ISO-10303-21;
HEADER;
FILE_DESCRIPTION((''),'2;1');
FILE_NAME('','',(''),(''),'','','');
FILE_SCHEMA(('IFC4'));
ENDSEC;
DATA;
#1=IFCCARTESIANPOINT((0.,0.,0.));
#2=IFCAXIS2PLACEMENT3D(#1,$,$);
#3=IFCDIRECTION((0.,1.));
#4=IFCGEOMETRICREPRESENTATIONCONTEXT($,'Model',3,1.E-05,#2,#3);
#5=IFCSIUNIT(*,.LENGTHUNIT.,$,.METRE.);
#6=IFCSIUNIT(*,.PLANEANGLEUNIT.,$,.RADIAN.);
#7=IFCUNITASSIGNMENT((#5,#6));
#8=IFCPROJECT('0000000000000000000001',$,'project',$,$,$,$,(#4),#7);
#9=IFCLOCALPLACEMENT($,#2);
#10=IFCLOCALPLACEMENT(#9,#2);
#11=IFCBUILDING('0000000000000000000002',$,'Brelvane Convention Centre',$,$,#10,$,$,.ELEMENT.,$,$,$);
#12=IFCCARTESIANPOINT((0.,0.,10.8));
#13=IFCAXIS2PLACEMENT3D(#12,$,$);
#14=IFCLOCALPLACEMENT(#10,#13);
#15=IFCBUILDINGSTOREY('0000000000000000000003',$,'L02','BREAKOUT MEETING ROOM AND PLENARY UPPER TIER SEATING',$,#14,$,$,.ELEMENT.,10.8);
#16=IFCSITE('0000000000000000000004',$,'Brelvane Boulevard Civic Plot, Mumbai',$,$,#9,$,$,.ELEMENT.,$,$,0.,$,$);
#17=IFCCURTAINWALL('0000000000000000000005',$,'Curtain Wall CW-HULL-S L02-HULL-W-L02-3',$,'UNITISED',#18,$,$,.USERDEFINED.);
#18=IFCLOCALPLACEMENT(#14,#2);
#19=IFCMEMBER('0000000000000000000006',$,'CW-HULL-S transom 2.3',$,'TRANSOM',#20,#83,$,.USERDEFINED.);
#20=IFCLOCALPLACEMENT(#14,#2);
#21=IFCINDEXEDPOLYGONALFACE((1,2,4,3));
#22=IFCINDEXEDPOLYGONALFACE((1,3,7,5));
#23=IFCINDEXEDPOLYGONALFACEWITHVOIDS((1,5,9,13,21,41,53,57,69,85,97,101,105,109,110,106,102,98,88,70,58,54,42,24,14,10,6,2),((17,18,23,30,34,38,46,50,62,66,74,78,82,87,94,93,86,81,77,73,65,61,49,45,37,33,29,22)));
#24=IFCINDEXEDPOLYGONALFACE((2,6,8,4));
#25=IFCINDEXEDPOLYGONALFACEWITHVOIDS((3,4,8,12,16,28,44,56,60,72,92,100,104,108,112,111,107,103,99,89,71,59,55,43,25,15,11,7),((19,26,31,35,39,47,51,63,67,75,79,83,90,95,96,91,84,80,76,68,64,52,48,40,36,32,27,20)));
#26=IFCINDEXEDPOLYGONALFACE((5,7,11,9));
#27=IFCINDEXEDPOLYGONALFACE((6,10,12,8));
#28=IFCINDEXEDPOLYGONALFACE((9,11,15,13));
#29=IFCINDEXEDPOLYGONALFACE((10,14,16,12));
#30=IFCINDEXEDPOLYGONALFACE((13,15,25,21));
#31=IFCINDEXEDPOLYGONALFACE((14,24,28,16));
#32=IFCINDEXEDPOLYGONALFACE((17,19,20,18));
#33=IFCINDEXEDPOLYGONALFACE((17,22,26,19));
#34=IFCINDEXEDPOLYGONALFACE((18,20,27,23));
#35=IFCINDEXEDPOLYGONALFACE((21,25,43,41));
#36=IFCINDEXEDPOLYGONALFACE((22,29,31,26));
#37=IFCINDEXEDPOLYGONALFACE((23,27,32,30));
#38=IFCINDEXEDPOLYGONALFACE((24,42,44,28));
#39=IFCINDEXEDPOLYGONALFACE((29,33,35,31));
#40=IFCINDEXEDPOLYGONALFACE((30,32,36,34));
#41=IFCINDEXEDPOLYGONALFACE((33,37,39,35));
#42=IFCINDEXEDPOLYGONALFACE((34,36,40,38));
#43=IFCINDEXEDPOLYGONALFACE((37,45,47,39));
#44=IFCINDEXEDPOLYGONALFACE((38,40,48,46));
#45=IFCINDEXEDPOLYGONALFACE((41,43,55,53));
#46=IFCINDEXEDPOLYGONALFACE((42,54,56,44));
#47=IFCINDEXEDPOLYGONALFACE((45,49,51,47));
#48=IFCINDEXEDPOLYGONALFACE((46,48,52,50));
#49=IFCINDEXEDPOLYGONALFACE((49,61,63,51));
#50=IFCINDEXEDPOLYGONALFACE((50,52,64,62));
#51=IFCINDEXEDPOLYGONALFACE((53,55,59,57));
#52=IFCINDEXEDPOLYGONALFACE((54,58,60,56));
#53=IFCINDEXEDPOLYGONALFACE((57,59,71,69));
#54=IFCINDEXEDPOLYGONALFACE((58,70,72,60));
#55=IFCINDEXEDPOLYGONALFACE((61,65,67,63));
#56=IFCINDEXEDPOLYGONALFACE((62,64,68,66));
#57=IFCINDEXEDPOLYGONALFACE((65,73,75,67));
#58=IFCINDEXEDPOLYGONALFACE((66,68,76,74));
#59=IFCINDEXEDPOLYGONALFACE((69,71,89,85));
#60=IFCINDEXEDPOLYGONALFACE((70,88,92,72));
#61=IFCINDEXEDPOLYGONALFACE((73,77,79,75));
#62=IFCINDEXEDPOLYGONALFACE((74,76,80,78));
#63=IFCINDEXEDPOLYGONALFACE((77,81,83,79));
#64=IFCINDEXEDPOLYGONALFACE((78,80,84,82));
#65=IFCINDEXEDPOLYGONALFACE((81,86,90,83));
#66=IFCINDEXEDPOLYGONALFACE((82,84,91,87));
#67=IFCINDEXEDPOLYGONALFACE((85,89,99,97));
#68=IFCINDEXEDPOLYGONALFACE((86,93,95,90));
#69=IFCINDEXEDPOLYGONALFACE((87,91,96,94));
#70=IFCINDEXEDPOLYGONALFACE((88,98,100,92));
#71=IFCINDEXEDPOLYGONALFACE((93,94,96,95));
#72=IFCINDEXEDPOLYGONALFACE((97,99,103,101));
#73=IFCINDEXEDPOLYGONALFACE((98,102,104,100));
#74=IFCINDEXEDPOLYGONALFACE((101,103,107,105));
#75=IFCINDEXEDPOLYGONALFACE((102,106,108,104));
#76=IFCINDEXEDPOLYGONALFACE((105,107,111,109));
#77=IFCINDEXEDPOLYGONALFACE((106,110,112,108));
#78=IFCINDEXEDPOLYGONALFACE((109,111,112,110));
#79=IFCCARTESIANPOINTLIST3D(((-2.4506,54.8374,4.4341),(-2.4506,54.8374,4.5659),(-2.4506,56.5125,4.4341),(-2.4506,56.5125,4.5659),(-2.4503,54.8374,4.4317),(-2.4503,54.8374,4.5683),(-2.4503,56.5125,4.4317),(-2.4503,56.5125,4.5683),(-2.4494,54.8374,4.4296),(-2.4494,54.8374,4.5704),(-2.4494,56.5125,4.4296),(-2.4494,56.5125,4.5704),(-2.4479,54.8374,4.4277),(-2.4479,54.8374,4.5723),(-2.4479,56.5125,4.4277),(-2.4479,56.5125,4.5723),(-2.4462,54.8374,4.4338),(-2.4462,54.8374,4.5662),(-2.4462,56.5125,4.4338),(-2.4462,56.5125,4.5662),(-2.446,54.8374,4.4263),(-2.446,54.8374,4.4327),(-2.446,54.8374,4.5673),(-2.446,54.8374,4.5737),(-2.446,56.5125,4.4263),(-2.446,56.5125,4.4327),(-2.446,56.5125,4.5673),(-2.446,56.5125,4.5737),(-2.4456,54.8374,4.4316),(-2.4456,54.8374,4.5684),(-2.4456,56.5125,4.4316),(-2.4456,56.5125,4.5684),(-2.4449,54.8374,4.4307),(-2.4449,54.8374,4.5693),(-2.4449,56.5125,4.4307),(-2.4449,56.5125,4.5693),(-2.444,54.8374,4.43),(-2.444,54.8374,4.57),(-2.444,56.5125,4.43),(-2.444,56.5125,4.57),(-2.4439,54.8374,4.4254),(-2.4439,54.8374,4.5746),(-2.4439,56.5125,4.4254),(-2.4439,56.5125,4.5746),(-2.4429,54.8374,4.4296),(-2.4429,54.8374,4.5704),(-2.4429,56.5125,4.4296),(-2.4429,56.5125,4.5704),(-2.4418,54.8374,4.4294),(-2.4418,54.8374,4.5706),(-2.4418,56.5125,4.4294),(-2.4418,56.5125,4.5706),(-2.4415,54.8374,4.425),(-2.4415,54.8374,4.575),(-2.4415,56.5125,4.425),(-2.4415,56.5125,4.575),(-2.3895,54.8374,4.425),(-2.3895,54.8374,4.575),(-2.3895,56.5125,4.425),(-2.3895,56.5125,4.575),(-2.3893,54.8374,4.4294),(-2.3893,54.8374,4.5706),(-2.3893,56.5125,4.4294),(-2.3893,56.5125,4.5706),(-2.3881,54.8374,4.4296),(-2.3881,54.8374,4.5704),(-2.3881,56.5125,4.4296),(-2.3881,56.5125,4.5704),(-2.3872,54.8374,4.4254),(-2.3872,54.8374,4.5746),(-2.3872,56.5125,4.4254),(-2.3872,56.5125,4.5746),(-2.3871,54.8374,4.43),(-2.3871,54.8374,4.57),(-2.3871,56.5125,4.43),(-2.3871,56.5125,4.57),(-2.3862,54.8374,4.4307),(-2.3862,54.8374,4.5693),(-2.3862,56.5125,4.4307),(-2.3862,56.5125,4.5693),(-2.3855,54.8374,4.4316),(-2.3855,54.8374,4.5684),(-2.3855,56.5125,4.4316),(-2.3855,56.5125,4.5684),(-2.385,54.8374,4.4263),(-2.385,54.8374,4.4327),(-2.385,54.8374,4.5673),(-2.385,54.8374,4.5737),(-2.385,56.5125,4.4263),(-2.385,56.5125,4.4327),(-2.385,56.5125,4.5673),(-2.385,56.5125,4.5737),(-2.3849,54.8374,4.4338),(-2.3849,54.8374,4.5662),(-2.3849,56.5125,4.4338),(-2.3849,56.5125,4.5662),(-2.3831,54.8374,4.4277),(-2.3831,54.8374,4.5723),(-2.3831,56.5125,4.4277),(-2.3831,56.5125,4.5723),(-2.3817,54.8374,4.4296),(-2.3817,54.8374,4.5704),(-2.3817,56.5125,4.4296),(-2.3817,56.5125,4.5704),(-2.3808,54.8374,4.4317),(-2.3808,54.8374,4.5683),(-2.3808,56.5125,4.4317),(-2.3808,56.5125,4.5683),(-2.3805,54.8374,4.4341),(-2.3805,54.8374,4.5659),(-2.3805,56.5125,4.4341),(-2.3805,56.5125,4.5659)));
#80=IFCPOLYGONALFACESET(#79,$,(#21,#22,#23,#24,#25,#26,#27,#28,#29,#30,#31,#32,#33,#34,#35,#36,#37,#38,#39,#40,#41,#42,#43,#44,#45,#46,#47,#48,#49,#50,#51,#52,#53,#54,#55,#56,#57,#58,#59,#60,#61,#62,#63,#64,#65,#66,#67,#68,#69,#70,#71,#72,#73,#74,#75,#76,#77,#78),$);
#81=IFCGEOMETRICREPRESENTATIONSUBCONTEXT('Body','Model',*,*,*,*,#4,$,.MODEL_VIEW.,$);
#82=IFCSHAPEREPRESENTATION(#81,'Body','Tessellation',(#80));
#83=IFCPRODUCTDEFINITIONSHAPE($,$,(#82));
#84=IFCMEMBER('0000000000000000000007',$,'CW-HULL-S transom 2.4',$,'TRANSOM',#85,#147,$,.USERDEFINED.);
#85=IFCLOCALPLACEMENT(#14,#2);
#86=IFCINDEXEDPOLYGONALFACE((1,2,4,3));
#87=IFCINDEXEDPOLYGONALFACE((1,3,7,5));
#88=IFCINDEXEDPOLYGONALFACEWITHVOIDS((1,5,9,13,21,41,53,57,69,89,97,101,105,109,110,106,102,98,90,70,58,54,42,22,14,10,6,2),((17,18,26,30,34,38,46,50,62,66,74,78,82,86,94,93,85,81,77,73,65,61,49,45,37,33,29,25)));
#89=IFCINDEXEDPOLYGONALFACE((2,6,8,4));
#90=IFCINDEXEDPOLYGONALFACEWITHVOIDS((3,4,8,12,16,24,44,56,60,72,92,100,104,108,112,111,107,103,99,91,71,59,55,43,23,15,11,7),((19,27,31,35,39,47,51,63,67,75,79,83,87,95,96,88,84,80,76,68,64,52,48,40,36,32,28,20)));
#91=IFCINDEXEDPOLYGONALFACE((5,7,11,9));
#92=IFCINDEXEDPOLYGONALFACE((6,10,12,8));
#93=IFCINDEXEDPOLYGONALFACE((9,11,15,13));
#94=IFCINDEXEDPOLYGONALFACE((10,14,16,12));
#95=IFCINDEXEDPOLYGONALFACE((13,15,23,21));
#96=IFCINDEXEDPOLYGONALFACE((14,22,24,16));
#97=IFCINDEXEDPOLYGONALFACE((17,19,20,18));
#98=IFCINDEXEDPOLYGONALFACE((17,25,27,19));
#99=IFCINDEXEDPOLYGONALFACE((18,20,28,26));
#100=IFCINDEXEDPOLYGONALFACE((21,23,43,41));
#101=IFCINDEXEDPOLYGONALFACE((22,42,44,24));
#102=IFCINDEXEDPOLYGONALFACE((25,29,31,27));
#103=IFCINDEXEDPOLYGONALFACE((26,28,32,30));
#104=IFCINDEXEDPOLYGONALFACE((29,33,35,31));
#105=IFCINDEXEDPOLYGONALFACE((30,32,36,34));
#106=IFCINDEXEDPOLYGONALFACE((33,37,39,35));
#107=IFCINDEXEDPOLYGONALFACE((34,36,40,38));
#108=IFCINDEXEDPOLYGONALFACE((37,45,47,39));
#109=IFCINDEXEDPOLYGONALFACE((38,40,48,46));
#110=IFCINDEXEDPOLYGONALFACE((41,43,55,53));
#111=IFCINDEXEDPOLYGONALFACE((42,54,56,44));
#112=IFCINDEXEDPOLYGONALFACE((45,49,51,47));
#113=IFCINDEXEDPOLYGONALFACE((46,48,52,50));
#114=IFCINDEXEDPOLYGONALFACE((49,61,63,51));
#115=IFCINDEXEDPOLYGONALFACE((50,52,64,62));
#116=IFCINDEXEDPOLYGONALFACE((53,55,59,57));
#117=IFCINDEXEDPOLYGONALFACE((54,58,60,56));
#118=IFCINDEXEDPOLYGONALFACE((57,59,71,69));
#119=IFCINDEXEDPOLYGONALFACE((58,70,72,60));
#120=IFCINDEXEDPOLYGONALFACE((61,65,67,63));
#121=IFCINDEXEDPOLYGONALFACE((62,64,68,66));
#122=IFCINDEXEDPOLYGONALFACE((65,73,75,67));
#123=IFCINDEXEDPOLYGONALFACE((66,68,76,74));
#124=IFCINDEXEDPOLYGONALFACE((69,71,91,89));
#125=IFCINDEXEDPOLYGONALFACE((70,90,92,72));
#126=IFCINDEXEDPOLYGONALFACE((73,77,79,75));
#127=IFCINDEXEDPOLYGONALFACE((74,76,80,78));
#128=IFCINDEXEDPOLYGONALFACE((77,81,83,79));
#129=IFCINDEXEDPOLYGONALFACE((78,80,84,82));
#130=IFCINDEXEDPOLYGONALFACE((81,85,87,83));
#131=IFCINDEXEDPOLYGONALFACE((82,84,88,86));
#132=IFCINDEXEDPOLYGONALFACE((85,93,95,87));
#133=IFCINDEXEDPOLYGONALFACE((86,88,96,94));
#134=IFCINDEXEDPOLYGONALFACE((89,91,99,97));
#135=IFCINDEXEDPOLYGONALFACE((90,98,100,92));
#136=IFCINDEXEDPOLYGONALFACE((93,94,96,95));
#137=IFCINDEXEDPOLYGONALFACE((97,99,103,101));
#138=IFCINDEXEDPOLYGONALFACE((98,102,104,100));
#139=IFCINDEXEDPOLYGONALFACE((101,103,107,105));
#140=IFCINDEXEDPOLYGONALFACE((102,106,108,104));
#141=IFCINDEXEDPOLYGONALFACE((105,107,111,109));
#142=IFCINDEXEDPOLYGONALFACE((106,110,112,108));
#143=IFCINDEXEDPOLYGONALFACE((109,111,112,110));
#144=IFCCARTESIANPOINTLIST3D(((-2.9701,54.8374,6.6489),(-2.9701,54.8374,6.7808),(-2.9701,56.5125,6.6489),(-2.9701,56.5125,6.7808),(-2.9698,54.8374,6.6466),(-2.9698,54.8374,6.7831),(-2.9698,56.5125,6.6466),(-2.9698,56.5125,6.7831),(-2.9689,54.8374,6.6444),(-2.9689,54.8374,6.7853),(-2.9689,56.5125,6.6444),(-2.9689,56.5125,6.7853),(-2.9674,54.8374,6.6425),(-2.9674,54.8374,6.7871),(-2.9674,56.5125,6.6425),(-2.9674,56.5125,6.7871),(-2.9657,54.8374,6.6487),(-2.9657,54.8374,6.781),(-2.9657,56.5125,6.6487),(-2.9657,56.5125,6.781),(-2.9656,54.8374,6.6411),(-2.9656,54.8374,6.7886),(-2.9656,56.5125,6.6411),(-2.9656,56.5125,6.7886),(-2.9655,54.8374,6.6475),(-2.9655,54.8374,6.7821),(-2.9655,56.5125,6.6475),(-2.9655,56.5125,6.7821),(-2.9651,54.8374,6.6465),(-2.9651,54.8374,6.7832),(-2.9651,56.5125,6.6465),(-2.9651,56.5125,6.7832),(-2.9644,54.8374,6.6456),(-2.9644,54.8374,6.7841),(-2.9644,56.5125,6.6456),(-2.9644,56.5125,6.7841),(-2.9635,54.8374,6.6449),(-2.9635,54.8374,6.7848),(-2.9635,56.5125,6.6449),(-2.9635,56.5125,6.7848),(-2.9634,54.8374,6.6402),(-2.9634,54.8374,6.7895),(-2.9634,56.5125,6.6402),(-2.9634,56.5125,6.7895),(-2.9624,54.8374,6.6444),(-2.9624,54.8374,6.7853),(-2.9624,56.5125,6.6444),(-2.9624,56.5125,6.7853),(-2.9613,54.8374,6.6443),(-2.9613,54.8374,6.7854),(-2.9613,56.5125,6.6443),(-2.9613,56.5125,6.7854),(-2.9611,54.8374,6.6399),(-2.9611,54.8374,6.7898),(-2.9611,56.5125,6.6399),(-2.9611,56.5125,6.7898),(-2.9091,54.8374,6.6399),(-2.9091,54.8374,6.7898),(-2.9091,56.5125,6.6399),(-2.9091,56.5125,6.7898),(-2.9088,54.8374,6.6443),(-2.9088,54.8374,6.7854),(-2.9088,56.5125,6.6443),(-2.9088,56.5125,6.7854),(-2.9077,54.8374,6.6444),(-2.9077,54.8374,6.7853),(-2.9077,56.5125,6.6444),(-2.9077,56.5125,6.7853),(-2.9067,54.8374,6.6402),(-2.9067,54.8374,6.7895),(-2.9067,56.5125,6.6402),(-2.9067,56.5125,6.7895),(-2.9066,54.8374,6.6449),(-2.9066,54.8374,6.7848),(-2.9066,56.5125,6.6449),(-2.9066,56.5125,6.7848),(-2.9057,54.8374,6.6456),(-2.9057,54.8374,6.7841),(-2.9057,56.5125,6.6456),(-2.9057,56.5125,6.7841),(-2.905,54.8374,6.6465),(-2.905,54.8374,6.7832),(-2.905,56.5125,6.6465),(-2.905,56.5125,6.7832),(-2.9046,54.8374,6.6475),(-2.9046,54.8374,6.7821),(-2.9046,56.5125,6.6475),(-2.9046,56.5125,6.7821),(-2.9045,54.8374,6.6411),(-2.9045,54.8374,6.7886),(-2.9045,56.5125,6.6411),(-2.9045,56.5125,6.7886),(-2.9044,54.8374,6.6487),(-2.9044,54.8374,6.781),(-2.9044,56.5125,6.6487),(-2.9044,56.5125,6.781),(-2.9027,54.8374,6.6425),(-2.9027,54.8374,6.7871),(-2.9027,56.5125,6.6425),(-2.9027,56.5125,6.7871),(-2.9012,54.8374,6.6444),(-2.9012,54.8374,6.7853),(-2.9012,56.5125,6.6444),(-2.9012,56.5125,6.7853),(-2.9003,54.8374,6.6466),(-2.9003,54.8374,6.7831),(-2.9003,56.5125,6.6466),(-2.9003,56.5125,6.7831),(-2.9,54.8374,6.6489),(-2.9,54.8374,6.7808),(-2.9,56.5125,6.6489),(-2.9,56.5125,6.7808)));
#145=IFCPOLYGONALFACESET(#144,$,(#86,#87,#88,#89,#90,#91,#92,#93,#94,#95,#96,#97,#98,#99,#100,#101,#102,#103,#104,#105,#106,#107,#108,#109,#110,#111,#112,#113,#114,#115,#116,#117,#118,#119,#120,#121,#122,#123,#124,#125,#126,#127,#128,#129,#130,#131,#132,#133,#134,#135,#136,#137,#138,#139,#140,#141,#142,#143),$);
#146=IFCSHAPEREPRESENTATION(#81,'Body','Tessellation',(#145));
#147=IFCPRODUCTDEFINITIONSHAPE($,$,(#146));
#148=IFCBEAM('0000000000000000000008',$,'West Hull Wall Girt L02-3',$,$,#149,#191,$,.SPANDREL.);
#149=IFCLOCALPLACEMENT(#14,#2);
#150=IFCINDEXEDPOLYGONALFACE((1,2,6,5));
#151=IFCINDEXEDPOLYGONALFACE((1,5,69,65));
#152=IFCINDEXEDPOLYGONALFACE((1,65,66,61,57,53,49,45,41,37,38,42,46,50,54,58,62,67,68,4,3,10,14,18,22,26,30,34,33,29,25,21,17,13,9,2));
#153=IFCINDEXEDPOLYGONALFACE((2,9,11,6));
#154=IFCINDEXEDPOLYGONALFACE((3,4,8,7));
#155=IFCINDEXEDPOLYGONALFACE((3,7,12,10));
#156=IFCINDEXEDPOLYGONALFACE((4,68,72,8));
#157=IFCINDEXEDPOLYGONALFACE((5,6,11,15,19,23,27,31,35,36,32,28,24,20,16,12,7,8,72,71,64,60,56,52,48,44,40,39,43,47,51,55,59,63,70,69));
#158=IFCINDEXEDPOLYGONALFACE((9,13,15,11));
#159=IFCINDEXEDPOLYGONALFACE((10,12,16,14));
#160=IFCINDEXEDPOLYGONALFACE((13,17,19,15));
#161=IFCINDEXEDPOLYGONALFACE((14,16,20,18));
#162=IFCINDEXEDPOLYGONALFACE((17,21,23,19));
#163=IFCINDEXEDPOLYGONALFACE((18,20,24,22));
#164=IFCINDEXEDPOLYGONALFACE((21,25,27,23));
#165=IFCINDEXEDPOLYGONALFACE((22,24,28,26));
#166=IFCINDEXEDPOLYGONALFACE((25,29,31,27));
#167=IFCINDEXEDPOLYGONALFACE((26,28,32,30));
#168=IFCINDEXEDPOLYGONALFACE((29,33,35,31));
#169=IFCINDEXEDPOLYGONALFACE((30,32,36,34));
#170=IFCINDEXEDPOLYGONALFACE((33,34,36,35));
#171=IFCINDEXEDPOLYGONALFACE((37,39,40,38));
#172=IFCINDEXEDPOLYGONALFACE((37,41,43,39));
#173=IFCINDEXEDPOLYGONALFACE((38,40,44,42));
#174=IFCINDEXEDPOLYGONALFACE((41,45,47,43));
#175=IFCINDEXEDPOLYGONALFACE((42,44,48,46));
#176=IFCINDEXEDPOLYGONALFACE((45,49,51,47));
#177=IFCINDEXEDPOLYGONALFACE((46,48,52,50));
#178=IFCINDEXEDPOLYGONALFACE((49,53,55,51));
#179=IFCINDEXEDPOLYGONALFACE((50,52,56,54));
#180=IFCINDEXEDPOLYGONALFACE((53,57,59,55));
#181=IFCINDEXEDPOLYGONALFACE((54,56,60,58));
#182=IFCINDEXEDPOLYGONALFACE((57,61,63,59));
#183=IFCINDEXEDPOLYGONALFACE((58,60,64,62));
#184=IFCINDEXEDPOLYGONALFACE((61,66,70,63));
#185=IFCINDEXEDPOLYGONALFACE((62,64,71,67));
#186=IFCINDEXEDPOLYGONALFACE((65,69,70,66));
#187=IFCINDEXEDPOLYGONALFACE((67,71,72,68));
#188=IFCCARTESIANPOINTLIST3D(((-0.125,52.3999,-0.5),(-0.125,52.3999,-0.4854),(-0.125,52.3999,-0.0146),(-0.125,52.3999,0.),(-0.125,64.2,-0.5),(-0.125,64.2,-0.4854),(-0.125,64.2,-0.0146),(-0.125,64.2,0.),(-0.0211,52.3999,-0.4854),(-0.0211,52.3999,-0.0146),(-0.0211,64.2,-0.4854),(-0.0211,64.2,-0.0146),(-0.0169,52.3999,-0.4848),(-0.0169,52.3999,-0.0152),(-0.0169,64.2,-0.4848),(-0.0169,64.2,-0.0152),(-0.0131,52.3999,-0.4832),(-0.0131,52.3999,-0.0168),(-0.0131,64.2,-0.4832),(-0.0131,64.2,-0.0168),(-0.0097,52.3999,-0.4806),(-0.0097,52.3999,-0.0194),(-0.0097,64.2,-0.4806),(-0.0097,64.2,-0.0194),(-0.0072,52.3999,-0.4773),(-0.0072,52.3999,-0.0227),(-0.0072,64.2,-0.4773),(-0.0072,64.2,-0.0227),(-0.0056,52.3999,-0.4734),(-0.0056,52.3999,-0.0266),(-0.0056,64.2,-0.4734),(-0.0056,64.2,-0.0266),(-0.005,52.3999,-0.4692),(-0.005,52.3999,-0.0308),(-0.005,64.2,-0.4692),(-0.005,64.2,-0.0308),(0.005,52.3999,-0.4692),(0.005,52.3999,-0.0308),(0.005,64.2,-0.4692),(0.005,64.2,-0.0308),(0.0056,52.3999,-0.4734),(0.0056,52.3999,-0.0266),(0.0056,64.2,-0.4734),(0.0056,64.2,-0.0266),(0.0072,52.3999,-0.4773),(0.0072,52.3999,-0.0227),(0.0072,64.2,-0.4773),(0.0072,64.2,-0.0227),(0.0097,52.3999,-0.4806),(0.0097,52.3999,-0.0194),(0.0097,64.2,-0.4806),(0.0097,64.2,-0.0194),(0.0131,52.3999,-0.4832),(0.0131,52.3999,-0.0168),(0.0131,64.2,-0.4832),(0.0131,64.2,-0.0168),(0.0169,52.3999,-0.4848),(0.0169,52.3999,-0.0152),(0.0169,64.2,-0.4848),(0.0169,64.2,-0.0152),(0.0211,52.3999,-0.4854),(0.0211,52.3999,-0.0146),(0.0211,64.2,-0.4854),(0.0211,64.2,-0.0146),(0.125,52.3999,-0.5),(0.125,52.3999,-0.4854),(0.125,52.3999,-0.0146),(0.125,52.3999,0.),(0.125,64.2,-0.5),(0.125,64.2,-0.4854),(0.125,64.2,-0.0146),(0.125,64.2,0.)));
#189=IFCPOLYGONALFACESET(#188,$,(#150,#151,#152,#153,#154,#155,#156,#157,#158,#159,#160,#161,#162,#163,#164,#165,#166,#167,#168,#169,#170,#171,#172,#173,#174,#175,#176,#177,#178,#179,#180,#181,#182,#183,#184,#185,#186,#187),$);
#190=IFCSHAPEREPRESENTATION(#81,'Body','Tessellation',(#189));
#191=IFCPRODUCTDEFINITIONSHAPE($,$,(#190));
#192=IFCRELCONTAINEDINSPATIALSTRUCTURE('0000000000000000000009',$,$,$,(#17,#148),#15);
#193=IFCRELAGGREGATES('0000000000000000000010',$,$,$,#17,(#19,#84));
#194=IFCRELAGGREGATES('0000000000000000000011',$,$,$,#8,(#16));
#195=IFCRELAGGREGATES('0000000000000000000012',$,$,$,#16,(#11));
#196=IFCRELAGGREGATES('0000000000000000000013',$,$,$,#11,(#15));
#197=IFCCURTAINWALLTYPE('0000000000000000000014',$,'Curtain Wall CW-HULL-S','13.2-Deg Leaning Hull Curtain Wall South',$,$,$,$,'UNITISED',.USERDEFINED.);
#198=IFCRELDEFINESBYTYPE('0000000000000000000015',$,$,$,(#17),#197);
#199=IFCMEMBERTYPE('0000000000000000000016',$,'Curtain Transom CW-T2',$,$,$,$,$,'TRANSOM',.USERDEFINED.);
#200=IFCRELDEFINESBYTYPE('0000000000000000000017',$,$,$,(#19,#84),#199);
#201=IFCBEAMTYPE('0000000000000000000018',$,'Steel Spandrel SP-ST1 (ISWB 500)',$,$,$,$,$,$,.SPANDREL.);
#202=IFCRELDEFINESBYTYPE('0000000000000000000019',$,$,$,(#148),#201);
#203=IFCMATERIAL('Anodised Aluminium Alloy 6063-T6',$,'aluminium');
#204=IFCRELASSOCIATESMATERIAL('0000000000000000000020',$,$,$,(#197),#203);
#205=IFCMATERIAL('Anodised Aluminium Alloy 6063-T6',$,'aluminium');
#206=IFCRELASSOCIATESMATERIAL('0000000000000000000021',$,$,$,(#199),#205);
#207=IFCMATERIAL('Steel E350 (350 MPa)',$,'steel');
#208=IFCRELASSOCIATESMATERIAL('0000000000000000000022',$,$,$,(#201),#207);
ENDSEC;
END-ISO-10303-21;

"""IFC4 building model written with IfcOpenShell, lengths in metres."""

from ifc_helpers import new_model, si_unit, direction, frame, origin, origin_2d, place, context, subcontext, project, spatial, hollow_rectangle, i_section, extrude, material, material_profile, profile_set, type_object, element, aggregate, save


model = new_model("IFC4")

# Units and contexts
model_context = context("Model", 3, precision=1e-05, world=origin(), true_north=direction((0.0, 1.0)))
body_context = subcontext(model_context, "Body", "Model", "MODEL_VIEW")
ifc_project = project(units=[si_unit("LENGTHUNIT", "METRE"), si_unit("PLANEANGLEUNIT", "RADIAN")], contexts=[model_context])

# Site, building, storey
site_placement = place(None, origin())
site = spatial("IfcSite", under=ifc_project, at=site_placement, Name="Brelvane Boulevard Civic Plot, Mumbai", CompositionType="ELEMENT", RefElevation=0.0)
building_placement = place(site_placement, origin())
building = spatial("IfcBuilding", under=site, at=building_placement, Name="Brelvane Convention Centre", CompositionType="ELEMENT")
storey_placement = place(building_placement, frame((0.0, 0.0, 10.8)))
storey = spatial("IfcBuildingStorey", under=building, at=storey_placement, Name="L02", Description="BREAKOUT MEETING ROOM AND PLENARY UPPER TIER SEATING", CompositionType="ELEMENT", Elevation=10.8)

# Curtain wall
ifc_material_1 = material(Name="Anodised Aluminium Alloy 6063-T6", Category="aluminium")
curtain_wall_type = type_object("IfcCurtainWallType", Name="Curtain Wall CW-HULL-S", Description="13.2-Deg Leaning Hull Curtain Wall South", ElementType="UNITISED", PredefinedType="USERDEFINED", material=ifc_material_1)
curtain_wall_1_placement = place(storey_placement, origin())
curtain_wall_1 = element("IfcCurtainWall", 1, at=curtain_wall_1_placement, inside=storey, type_object=curtain_wall_type, Name="Curtain Wall CW-HULL-S L02-HULL-W-L02-3", ObjectType="UNITISED", PredefinedType="USERDEFINED")

# Members
ifc_material_2 = material(Name="Anodised Aluminium Alloy 6063-T6", Category="aluminium")
ifc_material_profile_1 = material_profile(ifc_material_2, hollow_rectangle(XDim=0.0701, YDim=0.1499, WallThickness=0.0044, InnerFilletRadius=0.0044, OuterFilletRadius=0.009, at=origin_2d()), Name="ALU-T 150x70x4.5")
ifc_profile_set_1 = profile_set([ifc_material_profile_1], Name="Anodised Aluminium Alloy 6063-T6")
member_type_1 = type_object("IfcMemberType", Name="Curtain Transom CW-T2", ElementType="TRANSOM", PredefinedType="USERDEFINED", material=ifc_profile_set_1)
member_1_placement = place(storey_placement, frame((-2.4155, 54.8374, 4.5), z_axis=(0.0, 1.0, 0.0), x_axis=(-1.0, 0.0, 0.0)))
member_1 = element("IfcMember", 2, at=member_1_placement, type_object=member_type_1, Name="CW-HULL-S transom 2.3", ObjectType="TRANSOM", PredefinedType="USERDEFINED", context=body_context, shape_type="SweptSolid", body=[
    extrude(hollow_rectangle(XDim=0.0701, YDim=0.1499, WallThickness=0.0044, InnerFilletRadius=0.0044, OuterFilletRadius=0.009, at=origin_2d()), origin(), (0.0, 0.0, 1.0), 1.675),
])
member_2_placement = place(storey_placement, frame((-2.9351, 54.8374, 6.7148), z_axis=(0.0, 1.0, 0.0), x_axis=(-1.0, 0.0, 0.0)))
member_2 = element("IfcMember", 3, at=member_2_placement, type_object=member_type_1, Name="CW-HULL-S transom 2.4", ObjectType="TRANSOM", PredefinedType="USERDEFINED", context=body_context, shape_type="SweptSolid", body=[
    extrude(hollow_rectangle(XDim=0.0701, YDim=0.1499, WallThickness=0.0044, InnerFilletRadius=0.0044, OuterFilletRadius=0.009, at=origin_2d()), origin(), (0.0, 0.0, 1.0), 1.675),
])

# Beam
ifc_material_3 = material(Name="Steel E350 (350 MPa)", Category="steel")
ifc_material_profile_2 = material_profile(ifc_material_3, i_section(OverallWidth=0.25, OverallDepth=0.5, WebThickness=0.01, FlangeThickness=0.0146, FilletRadius=0.0161, at=origin_2d()), Name="ISWB 500")
ifc_profile_set_2 = profile_set([ifc_material_profile_2], Name="Steel E350 (350 MPa)")
beam_type = type_object("IfcBeamType", Name="Steel Spandrel SP-ST1 (ISWB 500)", PredefinedType="SPANDREL", material=ifc_profile_set_2)
beam_placement = place(storey_placement, frame((0.0, 52.3999, -0.25), z_axis=(0.0, 1.0, 0.0), x_axis=(-1.0, 0.0, 0.0)))
element("IfcBeam", 4, at=beam_placement, inside=storey, type_object=beam_type, Name="West Hull Wall Girt L02-3", PredefinedType="SPANDREL", context=body_context, shape_type="SweptSolid", body=[
    extrude(i_section(OverallWidth=0.25, OverallDepth=0.5, WebThickness=0.01, FlangeThickness=0.0146, FilletRadius=0.0161, at=origin_2d()), origin(), (0.0, 0.0, 1.0), 11.8),
])

aggregate(curtain_wall_1, [member_1, member_2])

save(model, "model.ifc")
